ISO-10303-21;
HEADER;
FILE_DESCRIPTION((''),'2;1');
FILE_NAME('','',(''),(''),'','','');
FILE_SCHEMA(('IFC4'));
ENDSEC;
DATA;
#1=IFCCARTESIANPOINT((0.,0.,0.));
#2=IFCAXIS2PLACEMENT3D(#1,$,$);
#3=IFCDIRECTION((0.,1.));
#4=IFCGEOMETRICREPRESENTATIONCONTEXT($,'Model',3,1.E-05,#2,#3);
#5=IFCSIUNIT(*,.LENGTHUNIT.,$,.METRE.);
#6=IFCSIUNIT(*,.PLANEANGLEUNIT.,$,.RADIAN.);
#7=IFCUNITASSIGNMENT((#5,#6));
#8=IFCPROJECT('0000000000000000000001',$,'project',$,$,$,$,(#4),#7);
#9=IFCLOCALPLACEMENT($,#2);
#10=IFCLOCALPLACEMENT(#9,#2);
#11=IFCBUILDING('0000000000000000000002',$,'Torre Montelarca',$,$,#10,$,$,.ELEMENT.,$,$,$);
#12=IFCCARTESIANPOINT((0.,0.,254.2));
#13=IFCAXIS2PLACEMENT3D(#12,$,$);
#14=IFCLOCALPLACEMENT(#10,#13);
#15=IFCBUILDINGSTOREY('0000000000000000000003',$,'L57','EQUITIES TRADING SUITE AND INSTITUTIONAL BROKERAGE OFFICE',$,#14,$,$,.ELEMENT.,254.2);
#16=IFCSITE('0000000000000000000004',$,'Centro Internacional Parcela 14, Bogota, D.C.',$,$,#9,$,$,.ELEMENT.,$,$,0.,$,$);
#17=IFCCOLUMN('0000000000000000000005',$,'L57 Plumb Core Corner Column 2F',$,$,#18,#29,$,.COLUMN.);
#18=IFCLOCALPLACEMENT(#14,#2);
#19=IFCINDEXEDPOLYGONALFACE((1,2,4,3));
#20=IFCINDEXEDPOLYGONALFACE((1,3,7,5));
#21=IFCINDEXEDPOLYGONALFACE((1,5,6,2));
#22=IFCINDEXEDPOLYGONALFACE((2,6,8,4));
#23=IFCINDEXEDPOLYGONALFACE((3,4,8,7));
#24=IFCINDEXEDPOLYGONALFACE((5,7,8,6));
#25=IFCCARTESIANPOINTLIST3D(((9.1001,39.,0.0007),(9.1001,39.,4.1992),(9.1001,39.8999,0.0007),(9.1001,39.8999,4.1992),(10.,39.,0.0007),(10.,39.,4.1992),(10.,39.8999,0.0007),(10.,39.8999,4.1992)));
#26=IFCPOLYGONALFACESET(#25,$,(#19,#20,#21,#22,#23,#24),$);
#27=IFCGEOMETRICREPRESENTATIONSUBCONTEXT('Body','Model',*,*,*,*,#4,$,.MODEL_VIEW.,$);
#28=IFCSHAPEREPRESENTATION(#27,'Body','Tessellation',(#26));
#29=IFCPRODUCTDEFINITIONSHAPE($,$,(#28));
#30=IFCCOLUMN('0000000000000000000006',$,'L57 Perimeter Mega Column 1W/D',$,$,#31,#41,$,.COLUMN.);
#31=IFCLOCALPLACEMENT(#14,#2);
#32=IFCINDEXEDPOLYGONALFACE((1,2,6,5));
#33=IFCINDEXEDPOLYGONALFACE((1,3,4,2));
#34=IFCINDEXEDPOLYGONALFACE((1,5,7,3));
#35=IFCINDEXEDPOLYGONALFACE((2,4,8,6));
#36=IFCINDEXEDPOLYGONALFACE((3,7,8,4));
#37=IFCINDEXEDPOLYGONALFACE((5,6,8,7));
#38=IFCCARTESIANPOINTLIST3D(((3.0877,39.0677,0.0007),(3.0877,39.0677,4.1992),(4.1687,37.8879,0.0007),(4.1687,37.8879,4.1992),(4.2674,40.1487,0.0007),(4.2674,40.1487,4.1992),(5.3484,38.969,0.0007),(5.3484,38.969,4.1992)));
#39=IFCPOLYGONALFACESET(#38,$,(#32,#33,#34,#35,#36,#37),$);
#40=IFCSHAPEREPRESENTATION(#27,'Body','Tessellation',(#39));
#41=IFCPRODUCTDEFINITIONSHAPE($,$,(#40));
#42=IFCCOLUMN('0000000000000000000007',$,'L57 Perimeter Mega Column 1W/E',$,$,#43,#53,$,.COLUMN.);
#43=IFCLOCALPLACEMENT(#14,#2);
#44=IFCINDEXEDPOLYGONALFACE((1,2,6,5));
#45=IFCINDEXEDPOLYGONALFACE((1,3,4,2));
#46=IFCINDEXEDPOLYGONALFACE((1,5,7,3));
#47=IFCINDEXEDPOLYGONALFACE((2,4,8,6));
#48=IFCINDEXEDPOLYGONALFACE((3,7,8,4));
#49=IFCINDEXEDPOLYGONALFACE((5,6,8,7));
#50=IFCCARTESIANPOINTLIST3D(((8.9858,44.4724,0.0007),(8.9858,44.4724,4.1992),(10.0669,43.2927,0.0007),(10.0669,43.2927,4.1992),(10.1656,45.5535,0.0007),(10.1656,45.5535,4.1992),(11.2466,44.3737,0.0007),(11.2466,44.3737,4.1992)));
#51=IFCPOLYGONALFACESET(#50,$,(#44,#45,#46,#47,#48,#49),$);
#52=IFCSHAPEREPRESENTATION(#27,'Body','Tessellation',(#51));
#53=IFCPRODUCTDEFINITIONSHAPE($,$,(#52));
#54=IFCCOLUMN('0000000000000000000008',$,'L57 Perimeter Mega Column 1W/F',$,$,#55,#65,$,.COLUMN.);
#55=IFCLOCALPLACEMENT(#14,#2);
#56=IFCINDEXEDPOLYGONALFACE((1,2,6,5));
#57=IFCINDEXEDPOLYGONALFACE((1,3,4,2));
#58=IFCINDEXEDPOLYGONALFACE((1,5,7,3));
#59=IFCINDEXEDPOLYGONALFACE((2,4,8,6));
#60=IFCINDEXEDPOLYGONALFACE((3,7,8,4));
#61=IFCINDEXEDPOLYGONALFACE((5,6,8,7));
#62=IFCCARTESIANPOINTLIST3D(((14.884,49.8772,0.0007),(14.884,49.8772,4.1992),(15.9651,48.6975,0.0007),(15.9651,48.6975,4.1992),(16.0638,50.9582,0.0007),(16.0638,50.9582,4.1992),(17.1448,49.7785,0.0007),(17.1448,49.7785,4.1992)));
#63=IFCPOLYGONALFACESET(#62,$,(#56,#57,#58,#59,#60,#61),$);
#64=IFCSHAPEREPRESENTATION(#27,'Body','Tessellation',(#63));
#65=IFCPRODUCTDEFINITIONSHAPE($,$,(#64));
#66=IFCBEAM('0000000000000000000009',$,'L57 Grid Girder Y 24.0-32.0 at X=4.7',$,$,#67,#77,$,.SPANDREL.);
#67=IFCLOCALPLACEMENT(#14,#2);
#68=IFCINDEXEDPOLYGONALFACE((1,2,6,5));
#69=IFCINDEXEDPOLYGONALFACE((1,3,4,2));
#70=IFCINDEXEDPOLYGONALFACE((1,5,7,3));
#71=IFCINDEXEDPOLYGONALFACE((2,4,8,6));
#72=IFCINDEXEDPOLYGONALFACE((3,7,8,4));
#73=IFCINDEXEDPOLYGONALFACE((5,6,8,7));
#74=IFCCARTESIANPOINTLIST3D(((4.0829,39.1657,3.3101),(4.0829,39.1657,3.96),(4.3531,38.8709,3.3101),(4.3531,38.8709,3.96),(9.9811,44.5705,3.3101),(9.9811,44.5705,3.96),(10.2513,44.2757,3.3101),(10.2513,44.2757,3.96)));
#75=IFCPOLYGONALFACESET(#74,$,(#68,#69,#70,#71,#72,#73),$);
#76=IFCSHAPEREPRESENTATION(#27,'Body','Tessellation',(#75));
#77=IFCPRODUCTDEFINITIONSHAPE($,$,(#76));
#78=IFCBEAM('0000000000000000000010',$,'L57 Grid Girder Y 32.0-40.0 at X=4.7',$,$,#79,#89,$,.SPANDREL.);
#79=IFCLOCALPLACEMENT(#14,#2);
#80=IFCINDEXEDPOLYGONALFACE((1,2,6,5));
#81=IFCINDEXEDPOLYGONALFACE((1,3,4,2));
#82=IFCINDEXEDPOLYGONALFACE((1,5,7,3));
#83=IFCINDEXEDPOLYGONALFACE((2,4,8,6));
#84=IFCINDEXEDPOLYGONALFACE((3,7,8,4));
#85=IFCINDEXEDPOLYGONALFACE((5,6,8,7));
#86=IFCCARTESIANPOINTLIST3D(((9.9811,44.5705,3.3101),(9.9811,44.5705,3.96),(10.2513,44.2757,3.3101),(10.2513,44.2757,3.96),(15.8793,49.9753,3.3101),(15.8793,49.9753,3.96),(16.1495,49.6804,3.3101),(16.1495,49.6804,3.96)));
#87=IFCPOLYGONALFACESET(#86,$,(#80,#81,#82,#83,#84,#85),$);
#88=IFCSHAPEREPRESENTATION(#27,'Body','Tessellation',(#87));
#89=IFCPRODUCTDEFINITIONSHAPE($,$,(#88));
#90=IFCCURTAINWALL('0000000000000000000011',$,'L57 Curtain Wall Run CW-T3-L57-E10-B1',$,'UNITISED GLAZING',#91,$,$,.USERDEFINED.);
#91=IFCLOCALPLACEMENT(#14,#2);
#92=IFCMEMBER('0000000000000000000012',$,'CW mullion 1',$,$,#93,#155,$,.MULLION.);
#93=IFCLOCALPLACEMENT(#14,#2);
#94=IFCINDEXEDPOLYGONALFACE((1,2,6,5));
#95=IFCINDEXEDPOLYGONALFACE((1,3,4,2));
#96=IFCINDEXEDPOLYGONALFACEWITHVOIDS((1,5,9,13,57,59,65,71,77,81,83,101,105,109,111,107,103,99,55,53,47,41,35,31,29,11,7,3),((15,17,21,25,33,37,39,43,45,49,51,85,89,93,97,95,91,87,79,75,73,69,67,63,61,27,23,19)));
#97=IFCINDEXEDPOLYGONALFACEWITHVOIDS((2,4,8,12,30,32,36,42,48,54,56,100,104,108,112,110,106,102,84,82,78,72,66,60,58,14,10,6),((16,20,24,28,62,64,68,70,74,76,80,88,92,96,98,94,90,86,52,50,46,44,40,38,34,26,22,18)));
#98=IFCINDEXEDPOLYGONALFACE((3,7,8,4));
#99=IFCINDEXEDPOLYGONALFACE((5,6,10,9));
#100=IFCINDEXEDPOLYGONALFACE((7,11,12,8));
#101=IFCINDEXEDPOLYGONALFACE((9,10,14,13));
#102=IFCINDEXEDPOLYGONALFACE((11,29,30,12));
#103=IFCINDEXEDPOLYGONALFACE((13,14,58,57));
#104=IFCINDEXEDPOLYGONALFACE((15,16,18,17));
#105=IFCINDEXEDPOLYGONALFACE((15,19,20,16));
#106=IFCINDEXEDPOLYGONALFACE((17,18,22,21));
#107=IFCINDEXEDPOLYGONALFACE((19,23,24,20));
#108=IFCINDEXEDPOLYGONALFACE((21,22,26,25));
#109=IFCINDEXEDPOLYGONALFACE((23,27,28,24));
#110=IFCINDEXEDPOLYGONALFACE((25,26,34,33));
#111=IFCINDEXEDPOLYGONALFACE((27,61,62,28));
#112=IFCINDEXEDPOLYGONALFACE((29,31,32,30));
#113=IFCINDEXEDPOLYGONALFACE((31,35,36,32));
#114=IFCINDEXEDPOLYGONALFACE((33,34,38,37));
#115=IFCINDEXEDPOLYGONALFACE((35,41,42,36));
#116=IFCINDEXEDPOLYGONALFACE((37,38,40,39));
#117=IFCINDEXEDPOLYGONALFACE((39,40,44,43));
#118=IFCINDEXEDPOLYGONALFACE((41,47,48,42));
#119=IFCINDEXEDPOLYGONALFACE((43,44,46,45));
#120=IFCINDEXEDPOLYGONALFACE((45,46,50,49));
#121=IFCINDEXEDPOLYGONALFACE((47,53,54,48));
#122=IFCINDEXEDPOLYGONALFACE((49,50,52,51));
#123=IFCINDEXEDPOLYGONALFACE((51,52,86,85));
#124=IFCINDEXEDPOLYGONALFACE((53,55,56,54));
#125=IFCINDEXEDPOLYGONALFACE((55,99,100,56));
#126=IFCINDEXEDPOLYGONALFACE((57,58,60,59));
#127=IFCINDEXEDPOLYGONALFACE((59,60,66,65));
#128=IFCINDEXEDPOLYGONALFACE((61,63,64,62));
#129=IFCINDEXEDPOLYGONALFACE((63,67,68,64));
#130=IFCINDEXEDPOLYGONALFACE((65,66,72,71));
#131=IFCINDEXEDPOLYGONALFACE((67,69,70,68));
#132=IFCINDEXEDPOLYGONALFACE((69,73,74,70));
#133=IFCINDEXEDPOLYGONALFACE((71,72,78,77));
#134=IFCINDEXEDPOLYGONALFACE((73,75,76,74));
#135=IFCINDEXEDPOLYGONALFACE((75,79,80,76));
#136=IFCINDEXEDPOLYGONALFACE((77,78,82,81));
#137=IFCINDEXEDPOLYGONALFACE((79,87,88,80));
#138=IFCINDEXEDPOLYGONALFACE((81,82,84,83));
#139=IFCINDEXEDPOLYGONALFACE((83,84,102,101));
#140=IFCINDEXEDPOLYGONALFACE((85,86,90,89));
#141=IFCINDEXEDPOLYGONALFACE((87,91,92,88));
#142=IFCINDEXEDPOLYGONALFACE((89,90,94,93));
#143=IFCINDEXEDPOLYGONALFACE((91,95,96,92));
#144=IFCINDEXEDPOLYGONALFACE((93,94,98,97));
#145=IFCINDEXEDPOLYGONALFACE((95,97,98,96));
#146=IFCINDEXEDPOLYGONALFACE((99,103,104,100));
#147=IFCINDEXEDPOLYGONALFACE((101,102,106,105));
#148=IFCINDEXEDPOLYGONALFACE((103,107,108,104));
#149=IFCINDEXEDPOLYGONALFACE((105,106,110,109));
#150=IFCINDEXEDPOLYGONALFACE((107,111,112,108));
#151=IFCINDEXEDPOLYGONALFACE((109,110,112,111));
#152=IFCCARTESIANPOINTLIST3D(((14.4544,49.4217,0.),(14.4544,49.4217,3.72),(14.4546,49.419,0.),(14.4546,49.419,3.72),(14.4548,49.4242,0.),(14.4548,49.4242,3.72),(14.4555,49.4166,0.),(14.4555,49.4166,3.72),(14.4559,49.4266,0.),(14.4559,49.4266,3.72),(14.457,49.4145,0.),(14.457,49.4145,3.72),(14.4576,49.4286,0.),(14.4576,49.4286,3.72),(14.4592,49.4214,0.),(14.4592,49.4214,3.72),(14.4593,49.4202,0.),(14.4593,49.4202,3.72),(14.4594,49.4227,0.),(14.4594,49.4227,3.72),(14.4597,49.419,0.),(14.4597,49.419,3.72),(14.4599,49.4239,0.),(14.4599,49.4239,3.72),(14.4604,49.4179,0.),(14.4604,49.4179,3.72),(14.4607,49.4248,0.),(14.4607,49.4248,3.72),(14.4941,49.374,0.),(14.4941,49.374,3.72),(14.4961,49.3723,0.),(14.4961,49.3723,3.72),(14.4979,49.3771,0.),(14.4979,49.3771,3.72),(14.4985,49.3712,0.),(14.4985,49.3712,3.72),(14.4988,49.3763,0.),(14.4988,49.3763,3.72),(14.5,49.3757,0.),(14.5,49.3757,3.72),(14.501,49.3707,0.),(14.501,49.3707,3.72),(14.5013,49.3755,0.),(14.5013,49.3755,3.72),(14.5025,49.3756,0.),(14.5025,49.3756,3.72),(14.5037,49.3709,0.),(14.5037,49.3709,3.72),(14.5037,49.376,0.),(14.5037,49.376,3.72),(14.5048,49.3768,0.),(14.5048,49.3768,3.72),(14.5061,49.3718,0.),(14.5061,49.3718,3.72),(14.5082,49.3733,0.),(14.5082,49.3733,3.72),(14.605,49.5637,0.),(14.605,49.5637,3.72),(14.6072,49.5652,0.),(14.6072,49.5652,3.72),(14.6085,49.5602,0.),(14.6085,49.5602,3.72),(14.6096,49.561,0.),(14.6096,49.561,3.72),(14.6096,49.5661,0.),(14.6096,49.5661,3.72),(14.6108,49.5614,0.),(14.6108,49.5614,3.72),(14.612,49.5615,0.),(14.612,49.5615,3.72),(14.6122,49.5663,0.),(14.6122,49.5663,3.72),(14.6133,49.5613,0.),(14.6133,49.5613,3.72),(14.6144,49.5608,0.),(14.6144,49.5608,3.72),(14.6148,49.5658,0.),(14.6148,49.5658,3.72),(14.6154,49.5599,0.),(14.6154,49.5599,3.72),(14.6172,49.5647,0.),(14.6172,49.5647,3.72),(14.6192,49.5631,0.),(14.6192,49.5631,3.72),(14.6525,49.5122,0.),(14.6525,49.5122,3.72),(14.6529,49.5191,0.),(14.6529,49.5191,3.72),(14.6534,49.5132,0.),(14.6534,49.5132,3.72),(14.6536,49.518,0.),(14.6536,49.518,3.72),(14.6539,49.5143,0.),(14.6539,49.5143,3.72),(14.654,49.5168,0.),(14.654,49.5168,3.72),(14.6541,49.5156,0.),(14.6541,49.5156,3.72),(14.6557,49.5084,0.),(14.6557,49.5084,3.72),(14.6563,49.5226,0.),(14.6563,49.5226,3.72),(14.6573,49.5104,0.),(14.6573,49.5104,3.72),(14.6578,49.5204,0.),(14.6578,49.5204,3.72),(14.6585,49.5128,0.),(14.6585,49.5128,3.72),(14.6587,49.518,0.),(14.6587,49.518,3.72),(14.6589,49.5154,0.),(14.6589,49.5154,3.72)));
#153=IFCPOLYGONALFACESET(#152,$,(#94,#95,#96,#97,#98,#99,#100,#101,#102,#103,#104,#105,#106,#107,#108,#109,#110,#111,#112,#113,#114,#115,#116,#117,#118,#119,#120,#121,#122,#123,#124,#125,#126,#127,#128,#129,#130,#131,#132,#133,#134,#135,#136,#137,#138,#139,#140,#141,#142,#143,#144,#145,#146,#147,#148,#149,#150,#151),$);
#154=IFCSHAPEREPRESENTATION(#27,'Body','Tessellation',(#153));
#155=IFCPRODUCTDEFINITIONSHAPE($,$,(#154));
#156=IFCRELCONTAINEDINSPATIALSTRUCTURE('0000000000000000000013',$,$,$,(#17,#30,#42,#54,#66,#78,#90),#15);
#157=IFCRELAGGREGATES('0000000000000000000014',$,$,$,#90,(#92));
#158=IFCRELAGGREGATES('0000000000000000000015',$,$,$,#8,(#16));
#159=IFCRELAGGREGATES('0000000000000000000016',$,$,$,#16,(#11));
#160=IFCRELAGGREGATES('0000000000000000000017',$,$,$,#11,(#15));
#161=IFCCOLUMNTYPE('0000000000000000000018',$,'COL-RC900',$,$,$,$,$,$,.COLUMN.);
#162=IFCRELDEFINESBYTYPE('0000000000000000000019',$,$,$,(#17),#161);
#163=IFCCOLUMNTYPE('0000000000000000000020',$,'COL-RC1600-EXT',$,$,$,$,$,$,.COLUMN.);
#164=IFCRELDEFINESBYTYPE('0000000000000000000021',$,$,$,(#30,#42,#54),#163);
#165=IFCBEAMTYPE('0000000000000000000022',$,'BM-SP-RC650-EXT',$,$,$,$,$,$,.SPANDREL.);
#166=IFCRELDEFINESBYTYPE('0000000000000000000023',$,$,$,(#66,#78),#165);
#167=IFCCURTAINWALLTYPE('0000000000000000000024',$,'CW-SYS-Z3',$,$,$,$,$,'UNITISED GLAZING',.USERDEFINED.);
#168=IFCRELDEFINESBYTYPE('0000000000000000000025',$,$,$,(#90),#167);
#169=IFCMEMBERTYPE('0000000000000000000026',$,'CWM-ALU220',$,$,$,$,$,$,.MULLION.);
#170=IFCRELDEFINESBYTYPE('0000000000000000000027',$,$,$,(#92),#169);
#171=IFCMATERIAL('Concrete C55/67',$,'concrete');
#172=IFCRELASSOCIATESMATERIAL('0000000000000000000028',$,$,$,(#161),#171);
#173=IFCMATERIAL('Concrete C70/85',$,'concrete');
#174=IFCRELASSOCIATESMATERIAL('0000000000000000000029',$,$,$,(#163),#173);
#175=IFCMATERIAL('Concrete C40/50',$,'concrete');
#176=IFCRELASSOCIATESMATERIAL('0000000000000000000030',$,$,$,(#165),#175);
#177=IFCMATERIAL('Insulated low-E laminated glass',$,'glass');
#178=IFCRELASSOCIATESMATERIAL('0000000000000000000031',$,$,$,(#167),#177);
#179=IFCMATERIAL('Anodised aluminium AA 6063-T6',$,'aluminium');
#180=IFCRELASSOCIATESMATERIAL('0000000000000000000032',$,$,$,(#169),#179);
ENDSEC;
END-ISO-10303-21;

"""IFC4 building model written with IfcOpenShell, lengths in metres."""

from ifc_helpers import new_model, si_unit, direction, frame, origin, origin_2d, place, context, subcontext, project, spatial, rectangle, hollow_rectangle, extrude, source, transform, mapped, material, material_profile, profile_set, type_object, element, aggregate, save


model = new_model("IFC4")

# Units and contexts
model_context = context("Model", 3, precision=1e-05, world=origin(), true_north=direction((0.0, 1.0)))
body_context = subcontext(model_context, "Body", "Model", "MODEL_VIEW")
ifc_project = project(units=[si_unit("LENGTHUNIT", "METRE"), si_unit("PLANEANGLEUNIT", "RADIAN")], contexts=[model_context])

# Site, building, storey
site_placement = place(None, origin())
site = spatial("IfcSite", under=ifc_project, at=site_placement, Name="Centro Internacional Parcela 14, Bogota, D.C.", CompositionType="ELEMENT", RefElevation=0.0)
building_placement = place(site_placement, origin())
building = spatial("IfcBuilding", under=site, at=building_placement, Name="Torre Montelarca", CompositionType="ELEMENT")
storey_placement = place(building_placement, frame((0.0, 0.0, 254.2)))
storey = spatial("IfcBuildingStorey", under=building, at=storey_placement, Name="L57", Description="EQUITIES TRADING SUITE AND INSTITUTIONAL BROKERAGE OFFICE", CompositionType="ELEMENT", Elevation=254.2)

# Columns
ifc_material_1 = material(Name="Concrete C55/67", Category="concrete")
ifc_material_profile_1 = material_profile(ifc_material_1, rectangle(XDim=0.8999, YDim=0.8999, at=origin_2d()), Name="RC900X900", Category="concrete")
ifc_profile_set_1 = profile_set([ifc_material_profile_1], Name="Concrete C55/67")
column_type_1 = type_object("IfcColumnType", Name="COL-RC900", PredefinedType="COLUMN", material=ifc_profile_set_1)
shared_shape_1 = source(origin(), body_context, "Body", "SweptSolid", [
    extrude(rectangle(XDim=0.8999, YDim=0.8999, at=origin_2d()), origin(), (0.0, 0.0, 1.0), 4.1985),
])
column_placement = place(storey_placement, frame((9.55, 39.45, 0.0007), z_axis=(0.0, 0.0, 1.0), x_axis=(1.0, 0.0, 0.0)))
element("IfcColumn", 1, at=column_placement, inside=storey, type_object=column_type_1, Name="L57 Plumb Core Corner Column 2F", PredefinedType="COLUMN", context=body_context, shape_type="MappedRepresentation", body=[
    mapped(shared_shape_1, transform((0.0, 0.0, 0.0), scale=1.0)),
])
ifc_material_2 = material(Name="Concrete C70/85", Category="concrete")
ifc_material_profile_2 = material_profile(ifc_material_2, rectangle(XDim=1.6001, YDim=1.6001, at=origin_2d()), Name="RC1600X1600", Category="concrete")
ifc_profile_set_2 = profile_set([ifc_material_profile_2], Name="Concrete C70/85")
column_type_2 = type_object("IfcColumnType", Name="COL-RC1600-EXT", PredefinedType="COLUMN", material=ifc_profile_set_2)
shared_shape_2 = source(origin(), body_context, "Body", "SweptSolid", [
    extrude(rectangle(XDim=1.6001, YDim=1.6001, at=origin_2d()), origin(), (0.0, 0.0, 1.0), 4.1985),
])
for number, where, z_axis, x_axis, name in (
    (2, (4.218, 39.0183, 0.0007), (0.0, 0.0, 1.0), (-0.67559, 0.737277, 0.0), "L57 Perimeter Mega Column 1W/D"),
    (3, (10.1162, 44.4231, 0.0007), (0.0, 0.0, 1.0), (-0.67559, 0.737277, 0.0), "L57 Perimeter Mega Column 1W/E"),
    (4, (16.0144, 49.8279, 0.0007), (0.0, 0.0, 1.0), (-0.67559, 0.737277, 0.0), "L57 Perimeter Mega Column 1W/F"),
):
    element("IfcColumn", number, at=place(storey_placement, frame(where, z_axis=z_axis, x_axis=x_axis)), inside=storey, type_object=column_type_2, Name=name, PredefinedType="COLUMN", context=body_context, shape_type="MappedRepresentation", body=[
        mapped(shared_shape_2, transform((0.0, 0.0, 0.0), scale=1.0)),
    ])

# Beams
ifc_material_3 = material(Name="Concrete C40/50", Category="concrete")
ifc_material_profile_3 = material_profile(ifc_material_3, rectangle(XDim=0.3999, YDim=0.6499, at=origin_2d()), Name="RCB400X650", Category="concrete")
ifc_profile_set_3 = profile_set([ifc_material_profile_3], Name="Concrete C40/50")
beam_type = type_object("IfcBeamType", Name="BM-SP-RC650-EXT", PredefinedType="SPANDREL", material=ifc_profile_set_3)
shared_shape_3 = source(origin(), body_context, "Body", "SweptSolid", [
    extrude(rectangle(XDim=0.3999, YDim=0.6499, at=origin_2d()), origin(), (0.0, 0.0, 1.0), 8.0),
])
for number, where, z_axis, x_axis, name in (
    (5, (4.218, 39.0183, 3.635), (0.737272, 0.675596, 0.0), (-0.675596, 0.737272, 0.0), "L57 Grid Girder Y 24.0-32.0 at X=4.7"),
    (6, (10.1162, 44.4231, 3.635), (0.737272, 0.675596, 0.0), (-0.675596, 0.737272, 0.0), "L57 Grid Girder Y 32.0-40.0 at X=4.7"),
):
    element("IfcBeam", number, at=place(storey_placement, frame(where, z_axis=z_axis, x_axis=x_axis)), inside=storey, type_object=beam_type, Name=name, PredefinedType="SPANDREL", context=body_context, shape_type="MappedRepresentation", body=[
        mapped(shared_shape_3, transform((0.0, 0.0, 0.0), scale=1.0)),
    ])

# Curtain wall, member
ifc_material_4 = material(Name="Insulated low-E laminated glass", Category="glass")
curtain_wall_type = type_object("IfcCurtainWallType", Name="CW-SYS-Z3", ElementType="UNITISED GLAZING", PredefinedType="USERDEFINED", material=ifc_material_4)
curtain_wall_1_placement = place(storey_placement, origin())
curtain_wall_1 = element("IfcCurtainWall", 7, at=curtain_wall_1_placement, inside=storey, type_object=curtain_wall_type, Name="L57 Curtain Wall Run CW-T3-L57-E10-B1", ObjectType="UNITISED GLAZING", PredefinedType="USERDEFINED")
ifc_material_5 = material(Name="Anodised aluminium AA 6063-T6", Category="aluminium")
ifc_material_profile_4 = material_profile(ifc_material_5, hollow_rectangle(XDim=0.075, YDim=0.22, WallThickness=0.0049, InnerFilletRadius=0.0049, OuterFilletRadius=0.01, at=origin_2d()), Name="ALU75X220X5", Category="aluminium")
ifc_profile_set_4 = profile_set([ifc_material_profile_4], Name="Anodised aluminium AA 6063-T6")
member_type_1 = type_object("IfcMemberType", Name="CWM-ALU220", PredefinedType="MULLION", material=ifc_profile_set_4)
shared_shape_4 = source(origin(), body_context, "Body", "SweptSolid", [
    extrude(hollow_rectangle(XDim=0.075, YDim=0.22, WallThickness=0.0049, InnerFilletRadius=0.0049, OuterFilletRadius=0.01, at=origin_2d()), origin(), (0.0, 0.0, 1.0), 3.72),
])
member_1_placement = place(storey_placement, frame((14.5566, 49.4685, 0.0), z_axis=(0.0, 0.0, 1.0), x_axis=(0.675588, -0.737279, 0.0)))
member_1 = element("IfcMember", 8, at=member_1_placement, type_object=member_type_1, Name="CW mullion 1", PredefinedType="MULLION", context=body_context, shape_type="MappedRepresentation", body=[
    mapped(shared_shape_4, transform((0.0, 0.0, 0.0), scale=1.0)),
])

aggregate(curtain_wall_1, [member_1])

save(model, "model.ifc")
